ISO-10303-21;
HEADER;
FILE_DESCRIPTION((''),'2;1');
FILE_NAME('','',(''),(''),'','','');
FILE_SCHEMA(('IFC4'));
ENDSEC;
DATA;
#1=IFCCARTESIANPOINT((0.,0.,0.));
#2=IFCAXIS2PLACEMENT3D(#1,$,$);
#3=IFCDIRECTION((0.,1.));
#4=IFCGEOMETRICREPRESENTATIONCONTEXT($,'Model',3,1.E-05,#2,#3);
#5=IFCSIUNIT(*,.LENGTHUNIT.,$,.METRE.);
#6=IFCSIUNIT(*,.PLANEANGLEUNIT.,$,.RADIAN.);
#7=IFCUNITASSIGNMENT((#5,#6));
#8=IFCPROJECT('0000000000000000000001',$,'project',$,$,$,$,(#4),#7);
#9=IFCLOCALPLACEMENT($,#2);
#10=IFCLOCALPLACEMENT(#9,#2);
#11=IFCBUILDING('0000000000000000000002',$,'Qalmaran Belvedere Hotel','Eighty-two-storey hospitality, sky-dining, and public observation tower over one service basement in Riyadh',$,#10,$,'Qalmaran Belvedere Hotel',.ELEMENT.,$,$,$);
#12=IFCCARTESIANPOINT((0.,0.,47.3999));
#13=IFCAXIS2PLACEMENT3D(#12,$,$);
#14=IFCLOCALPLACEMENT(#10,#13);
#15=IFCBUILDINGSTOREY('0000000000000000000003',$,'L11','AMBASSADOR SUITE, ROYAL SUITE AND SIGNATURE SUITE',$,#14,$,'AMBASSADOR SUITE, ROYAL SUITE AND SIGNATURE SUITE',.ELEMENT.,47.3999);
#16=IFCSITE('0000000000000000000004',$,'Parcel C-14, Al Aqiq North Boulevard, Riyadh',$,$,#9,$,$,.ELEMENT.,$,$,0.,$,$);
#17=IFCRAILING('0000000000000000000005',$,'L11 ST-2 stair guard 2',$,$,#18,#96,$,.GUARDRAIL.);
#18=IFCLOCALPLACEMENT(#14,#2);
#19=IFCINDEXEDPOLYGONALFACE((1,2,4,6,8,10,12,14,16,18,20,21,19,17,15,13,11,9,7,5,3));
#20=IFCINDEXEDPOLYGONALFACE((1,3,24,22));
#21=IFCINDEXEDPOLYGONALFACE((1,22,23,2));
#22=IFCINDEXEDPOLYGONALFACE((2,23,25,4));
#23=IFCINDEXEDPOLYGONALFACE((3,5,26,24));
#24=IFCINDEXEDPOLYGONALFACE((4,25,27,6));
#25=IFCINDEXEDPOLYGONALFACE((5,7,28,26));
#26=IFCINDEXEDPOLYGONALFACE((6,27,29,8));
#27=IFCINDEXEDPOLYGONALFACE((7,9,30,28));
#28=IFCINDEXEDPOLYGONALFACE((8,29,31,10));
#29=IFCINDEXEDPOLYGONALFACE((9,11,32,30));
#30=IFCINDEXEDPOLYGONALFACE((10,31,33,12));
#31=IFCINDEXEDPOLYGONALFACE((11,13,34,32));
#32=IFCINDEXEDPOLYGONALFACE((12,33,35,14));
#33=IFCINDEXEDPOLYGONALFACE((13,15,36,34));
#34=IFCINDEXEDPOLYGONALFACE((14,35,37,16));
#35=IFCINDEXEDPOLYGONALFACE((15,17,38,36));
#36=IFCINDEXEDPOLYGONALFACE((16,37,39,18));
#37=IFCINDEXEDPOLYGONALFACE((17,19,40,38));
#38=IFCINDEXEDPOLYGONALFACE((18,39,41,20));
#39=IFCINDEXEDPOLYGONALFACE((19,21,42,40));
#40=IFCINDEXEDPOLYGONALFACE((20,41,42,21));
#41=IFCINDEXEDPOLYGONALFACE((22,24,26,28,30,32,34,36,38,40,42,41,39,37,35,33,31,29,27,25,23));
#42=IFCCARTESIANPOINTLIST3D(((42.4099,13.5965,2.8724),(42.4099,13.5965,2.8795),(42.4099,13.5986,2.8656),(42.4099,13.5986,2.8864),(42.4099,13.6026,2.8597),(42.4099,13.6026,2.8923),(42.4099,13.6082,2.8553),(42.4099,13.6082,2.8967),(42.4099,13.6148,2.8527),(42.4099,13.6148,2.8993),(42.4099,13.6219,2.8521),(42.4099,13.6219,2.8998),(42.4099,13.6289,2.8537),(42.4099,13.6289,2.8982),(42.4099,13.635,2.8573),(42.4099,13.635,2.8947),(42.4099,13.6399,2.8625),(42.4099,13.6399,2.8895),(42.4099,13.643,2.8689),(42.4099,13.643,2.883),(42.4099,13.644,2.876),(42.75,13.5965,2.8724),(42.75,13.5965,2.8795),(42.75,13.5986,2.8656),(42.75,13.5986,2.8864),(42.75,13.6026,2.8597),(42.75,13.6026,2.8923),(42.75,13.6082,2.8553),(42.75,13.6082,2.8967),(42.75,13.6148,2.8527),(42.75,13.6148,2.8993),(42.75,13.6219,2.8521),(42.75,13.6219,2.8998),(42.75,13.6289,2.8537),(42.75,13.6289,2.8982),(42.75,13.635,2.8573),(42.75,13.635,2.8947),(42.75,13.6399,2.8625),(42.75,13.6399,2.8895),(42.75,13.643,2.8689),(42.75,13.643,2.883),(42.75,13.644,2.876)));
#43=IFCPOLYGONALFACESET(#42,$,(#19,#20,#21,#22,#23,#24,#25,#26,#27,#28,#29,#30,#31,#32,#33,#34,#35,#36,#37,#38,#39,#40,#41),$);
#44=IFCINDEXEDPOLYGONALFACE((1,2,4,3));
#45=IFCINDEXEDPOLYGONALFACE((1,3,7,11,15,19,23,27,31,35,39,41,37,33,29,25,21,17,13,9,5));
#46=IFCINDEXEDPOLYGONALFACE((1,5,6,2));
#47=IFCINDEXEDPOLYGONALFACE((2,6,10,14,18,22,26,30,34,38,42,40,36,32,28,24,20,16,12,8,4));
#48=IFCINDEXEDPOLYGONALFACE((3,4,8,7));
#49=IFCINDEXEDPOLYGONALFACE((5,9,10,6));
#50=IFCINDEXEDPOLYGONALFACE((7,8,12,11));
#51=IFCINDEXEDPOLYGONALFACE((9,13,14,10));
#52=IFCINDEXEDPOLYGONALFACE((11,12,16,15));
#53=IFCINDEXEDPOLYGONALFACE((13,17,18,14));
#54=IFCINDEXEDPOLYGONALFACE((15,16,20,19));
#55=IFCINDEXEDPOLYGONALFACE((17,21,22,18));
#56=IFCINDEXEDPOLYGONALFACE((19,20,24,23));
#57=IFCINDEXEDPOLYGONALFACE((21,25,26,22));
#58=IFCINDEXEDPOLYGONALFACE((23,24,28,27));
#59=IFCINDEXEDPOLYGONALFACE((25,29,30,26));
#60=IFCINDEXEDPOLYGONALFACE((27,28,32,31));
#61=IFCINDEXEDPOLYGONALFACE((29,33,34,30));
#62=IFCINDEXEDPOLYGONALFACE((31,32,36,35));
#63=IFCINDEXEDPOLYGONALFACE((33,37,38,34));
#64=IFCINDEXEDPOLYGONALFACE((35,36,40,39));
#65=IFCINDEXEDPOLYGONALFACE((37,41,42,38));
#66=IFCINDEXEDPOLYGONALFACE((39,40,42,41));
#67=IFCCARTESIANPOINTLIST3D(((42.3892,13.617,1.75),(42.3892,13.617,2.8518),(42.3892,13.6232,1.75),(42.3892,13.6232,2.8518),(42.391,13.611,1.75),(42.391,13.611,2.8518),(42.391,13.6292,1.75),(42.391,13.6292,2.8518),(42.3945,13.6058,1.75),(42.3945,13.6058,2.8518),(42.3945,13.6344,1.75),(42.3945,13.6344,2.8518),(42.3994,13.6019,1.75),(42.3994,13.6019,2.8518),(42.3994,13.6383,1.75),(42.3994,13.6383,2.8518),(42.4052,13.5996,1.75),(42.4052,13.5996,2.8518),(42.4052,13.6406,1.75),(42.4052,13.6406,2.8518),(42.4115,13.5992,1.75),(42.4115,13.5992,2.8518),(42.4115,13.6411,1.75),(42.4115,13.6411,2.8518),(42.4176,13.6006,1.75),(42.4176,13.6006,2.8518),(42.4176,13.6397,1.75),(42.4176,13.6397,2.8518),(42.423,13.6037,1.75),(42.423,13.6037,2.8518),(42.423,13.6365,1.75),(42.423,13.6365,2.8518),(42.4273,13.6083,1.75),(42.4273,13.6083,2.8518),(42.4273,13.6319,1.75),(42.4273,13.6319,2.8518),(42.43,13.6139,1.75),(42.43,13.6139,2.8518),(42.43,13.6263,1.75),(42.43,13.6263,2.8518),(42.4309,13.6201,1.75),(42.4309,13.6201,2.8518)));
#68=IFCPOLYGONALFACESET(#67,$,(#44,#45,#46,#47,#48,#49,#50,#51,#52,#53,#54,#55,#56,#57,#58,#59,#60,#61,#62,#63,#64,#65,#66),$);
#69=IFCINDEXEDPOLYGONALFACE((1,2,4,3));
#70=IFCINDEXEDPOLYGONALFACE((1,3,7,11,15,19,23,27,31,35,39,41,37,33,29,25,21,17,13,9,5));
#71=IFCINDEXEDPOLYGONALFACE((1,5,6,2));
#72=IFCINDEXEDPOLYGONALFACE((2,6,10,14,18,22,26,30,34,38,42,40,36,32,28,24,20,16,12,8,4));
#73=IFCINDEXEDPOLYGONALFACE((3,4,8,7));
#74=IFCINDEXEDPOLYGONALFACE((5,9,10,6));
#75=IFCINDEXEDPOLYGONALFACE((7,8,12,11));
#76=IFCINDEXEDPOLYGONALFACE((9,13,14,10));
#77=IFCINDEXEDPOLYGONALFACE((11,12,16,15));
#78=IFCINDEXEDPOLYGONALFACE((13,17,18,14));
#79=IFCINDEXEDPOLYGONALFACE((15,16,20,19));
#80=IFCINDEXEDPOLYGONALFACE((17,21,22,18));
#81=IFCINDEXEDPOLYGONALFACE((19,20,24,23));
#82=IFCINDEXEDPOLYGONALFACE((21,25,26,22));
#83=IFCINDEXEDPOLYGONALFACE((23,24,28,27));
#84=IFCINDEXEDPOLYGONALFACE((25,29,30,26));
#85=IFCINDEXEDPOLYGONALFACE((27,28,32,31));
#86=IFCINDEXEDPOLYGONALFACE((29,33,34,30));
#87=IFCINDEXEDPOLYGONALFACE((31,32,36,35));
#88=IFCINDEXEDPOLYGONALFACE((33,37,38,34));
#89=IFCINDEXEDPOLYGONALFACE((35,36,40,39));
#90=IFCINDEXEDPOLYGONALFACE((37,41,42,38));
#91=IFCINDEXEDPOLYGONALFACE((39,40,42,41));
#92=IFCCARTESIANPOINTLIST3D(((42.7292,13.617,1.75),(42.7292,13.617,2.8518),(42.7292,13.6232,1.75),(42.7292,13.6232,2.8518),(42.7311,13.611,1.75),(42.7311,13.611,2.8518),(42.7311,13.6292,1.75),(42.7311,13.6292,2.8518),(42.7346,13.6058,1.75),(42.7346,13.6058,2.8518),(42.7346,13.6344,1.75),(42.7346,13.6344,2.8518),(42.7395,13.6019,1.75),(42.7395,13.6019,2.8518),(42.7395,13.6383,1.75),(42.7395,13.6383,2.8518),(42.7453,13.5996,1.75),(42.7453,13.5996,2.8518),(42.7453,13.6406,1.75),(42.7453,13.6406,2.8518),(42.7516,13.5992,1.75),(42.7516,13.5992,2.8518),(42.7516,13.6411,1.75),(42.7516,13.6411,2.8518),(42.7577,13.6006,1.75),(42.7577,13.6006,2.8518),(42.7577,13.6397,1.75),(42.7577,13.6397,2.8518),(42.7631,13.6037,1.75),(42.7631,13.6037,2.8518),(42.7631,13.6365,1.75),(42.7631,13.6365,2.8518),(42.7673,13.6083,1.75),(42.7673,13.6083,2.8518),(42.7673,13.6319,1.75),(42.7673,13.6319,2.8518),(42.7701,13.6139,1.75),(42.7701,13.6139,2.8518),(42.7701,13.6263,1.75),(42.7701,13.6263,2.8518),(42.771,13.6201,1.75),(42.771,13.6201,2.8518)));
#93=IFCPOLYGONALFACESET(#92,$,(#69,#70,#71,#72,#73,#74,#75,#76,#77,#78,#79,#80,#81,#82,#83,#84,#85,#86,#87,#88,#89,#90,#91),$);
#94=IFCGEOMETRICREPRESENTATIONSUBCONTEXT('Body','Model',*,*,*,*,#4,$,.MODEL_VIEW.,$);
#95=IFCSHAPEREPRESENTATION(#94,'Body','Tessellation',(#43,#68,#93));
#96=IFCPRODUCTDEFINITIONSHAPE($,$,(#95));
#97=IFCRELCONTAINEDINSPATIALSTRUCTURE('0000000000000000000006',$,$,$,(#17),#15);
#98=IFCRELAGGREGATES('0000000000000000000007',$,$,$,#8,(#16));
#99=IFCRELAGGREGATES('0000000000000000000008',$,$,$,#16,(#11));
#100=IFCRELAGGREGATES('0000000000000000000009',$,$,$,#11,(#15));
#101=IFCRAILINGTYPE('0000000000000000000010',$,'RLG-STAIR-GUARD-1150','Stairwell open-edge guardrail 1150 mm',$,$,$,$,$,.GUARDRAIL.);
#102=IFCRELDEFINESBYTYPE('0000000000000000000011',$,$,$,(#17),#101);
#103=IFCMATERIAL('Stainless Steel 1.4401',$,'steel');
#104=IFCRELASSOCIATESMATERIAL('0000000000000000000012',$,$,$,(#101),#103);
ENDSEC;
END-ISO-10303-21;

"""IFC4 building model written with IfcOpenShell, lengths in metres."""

from ifc_helpers import new_model, si_unit, direction, frame, origin, origin_2d, place, context, subcontext, project, spatial, circle, extrude, material, type_object, element, save


model = new_model("IFC4")

# Units and contexts
model_context = context("Model", 3, precision=1e-05, world=origin(), true_north=direction((0.0, 1.0)))
body_context = subcontext(model_context, "Body", "Model", "MODEL_VIEW")
ifc_project = project(units=[si_unit("LENGTHUNIT", "METRE"), si_unit("PLANEANGLEUNIT", "RADIAN")], contexts=[model_context])

# Site, building, storey
site_placement = place(None, origin())
site = spatial("IfcSite", under=ifc_project, at=site_placement, Name="Parcel C-14, Al Aqiq North Boulevard, Riyadh", CompositionType="ELEMENT", RefElevation=0.0)
building_placement = place(site_placement, origin())
building = spatial("IfcBuilding", under=site, at=building_placement, Name="Qalmaran Belvedere Hotel", Description="Eighty-two-storey hospitality, sky-dining, and public observation tower over one service basement in Riyadh", LongName="Qalmaran Belvedere Hotel", CompositionType="ELEMENT")
storey_placement = place(building_placement, frame((0.0, 0.0, 47.3999)))
storey = spatial("IfcBuildingStorey", under=building, at=storey_placement, Name="L11", Description="AMBASSADOR SUITE, ROYAL SUITE AND SIGNATURE SUITE", LongName="AMBASSADOR SUITE, ROYAL SUITE AND SIGNATURE SUITE", CompositionType="ELEMENT", Elevation=47.3999)

# Shared definitions
ifc_material_1 = material(Name="Stainless Steel 1.4401", Category="steel")

# Railing
railing_type_1 = type_object("IfcRailingType", Name="RLG-STAIR-GUARD-1150", Description="Stairwell open-edge guardrail 1150 mm", PredefinedType="GUARDRAIL", material=ifc_material_1)
railing_1_placement = place(storey_placement, frame((42.4099, 13.6201, 1.75)))
element("IfcRailing", 1, at=railing_1_placement, inside=storey, type_object=railing_type_1, Name="L11 ST-2 stair guard 2", PredefinedType="GUARDRAIL", context=body_context, shape_type="SweptSolid", body=[
    extrude(circle(Radius=0.0239, at=origin_2d()), frame((0.0, 0.0, 1.126), z_axis=(1.0, 0.0, 0.0), x_axis=(0.0, 1.0, 0.0)), (0.0, 0.0, 1.0), 0.3401),
    extrude(circle(Radius=0.021, at=origin_2d()), origin(), (0.0, 0.0, 1.0), 1.1018),
    extrude(circle(Radius=0.021, at=origin_2d()), frame((0.3401, 0.0, 0.0)), (0.0, 0.0, 1.0), 1.1018),
])

save(model, "model.ifc")
